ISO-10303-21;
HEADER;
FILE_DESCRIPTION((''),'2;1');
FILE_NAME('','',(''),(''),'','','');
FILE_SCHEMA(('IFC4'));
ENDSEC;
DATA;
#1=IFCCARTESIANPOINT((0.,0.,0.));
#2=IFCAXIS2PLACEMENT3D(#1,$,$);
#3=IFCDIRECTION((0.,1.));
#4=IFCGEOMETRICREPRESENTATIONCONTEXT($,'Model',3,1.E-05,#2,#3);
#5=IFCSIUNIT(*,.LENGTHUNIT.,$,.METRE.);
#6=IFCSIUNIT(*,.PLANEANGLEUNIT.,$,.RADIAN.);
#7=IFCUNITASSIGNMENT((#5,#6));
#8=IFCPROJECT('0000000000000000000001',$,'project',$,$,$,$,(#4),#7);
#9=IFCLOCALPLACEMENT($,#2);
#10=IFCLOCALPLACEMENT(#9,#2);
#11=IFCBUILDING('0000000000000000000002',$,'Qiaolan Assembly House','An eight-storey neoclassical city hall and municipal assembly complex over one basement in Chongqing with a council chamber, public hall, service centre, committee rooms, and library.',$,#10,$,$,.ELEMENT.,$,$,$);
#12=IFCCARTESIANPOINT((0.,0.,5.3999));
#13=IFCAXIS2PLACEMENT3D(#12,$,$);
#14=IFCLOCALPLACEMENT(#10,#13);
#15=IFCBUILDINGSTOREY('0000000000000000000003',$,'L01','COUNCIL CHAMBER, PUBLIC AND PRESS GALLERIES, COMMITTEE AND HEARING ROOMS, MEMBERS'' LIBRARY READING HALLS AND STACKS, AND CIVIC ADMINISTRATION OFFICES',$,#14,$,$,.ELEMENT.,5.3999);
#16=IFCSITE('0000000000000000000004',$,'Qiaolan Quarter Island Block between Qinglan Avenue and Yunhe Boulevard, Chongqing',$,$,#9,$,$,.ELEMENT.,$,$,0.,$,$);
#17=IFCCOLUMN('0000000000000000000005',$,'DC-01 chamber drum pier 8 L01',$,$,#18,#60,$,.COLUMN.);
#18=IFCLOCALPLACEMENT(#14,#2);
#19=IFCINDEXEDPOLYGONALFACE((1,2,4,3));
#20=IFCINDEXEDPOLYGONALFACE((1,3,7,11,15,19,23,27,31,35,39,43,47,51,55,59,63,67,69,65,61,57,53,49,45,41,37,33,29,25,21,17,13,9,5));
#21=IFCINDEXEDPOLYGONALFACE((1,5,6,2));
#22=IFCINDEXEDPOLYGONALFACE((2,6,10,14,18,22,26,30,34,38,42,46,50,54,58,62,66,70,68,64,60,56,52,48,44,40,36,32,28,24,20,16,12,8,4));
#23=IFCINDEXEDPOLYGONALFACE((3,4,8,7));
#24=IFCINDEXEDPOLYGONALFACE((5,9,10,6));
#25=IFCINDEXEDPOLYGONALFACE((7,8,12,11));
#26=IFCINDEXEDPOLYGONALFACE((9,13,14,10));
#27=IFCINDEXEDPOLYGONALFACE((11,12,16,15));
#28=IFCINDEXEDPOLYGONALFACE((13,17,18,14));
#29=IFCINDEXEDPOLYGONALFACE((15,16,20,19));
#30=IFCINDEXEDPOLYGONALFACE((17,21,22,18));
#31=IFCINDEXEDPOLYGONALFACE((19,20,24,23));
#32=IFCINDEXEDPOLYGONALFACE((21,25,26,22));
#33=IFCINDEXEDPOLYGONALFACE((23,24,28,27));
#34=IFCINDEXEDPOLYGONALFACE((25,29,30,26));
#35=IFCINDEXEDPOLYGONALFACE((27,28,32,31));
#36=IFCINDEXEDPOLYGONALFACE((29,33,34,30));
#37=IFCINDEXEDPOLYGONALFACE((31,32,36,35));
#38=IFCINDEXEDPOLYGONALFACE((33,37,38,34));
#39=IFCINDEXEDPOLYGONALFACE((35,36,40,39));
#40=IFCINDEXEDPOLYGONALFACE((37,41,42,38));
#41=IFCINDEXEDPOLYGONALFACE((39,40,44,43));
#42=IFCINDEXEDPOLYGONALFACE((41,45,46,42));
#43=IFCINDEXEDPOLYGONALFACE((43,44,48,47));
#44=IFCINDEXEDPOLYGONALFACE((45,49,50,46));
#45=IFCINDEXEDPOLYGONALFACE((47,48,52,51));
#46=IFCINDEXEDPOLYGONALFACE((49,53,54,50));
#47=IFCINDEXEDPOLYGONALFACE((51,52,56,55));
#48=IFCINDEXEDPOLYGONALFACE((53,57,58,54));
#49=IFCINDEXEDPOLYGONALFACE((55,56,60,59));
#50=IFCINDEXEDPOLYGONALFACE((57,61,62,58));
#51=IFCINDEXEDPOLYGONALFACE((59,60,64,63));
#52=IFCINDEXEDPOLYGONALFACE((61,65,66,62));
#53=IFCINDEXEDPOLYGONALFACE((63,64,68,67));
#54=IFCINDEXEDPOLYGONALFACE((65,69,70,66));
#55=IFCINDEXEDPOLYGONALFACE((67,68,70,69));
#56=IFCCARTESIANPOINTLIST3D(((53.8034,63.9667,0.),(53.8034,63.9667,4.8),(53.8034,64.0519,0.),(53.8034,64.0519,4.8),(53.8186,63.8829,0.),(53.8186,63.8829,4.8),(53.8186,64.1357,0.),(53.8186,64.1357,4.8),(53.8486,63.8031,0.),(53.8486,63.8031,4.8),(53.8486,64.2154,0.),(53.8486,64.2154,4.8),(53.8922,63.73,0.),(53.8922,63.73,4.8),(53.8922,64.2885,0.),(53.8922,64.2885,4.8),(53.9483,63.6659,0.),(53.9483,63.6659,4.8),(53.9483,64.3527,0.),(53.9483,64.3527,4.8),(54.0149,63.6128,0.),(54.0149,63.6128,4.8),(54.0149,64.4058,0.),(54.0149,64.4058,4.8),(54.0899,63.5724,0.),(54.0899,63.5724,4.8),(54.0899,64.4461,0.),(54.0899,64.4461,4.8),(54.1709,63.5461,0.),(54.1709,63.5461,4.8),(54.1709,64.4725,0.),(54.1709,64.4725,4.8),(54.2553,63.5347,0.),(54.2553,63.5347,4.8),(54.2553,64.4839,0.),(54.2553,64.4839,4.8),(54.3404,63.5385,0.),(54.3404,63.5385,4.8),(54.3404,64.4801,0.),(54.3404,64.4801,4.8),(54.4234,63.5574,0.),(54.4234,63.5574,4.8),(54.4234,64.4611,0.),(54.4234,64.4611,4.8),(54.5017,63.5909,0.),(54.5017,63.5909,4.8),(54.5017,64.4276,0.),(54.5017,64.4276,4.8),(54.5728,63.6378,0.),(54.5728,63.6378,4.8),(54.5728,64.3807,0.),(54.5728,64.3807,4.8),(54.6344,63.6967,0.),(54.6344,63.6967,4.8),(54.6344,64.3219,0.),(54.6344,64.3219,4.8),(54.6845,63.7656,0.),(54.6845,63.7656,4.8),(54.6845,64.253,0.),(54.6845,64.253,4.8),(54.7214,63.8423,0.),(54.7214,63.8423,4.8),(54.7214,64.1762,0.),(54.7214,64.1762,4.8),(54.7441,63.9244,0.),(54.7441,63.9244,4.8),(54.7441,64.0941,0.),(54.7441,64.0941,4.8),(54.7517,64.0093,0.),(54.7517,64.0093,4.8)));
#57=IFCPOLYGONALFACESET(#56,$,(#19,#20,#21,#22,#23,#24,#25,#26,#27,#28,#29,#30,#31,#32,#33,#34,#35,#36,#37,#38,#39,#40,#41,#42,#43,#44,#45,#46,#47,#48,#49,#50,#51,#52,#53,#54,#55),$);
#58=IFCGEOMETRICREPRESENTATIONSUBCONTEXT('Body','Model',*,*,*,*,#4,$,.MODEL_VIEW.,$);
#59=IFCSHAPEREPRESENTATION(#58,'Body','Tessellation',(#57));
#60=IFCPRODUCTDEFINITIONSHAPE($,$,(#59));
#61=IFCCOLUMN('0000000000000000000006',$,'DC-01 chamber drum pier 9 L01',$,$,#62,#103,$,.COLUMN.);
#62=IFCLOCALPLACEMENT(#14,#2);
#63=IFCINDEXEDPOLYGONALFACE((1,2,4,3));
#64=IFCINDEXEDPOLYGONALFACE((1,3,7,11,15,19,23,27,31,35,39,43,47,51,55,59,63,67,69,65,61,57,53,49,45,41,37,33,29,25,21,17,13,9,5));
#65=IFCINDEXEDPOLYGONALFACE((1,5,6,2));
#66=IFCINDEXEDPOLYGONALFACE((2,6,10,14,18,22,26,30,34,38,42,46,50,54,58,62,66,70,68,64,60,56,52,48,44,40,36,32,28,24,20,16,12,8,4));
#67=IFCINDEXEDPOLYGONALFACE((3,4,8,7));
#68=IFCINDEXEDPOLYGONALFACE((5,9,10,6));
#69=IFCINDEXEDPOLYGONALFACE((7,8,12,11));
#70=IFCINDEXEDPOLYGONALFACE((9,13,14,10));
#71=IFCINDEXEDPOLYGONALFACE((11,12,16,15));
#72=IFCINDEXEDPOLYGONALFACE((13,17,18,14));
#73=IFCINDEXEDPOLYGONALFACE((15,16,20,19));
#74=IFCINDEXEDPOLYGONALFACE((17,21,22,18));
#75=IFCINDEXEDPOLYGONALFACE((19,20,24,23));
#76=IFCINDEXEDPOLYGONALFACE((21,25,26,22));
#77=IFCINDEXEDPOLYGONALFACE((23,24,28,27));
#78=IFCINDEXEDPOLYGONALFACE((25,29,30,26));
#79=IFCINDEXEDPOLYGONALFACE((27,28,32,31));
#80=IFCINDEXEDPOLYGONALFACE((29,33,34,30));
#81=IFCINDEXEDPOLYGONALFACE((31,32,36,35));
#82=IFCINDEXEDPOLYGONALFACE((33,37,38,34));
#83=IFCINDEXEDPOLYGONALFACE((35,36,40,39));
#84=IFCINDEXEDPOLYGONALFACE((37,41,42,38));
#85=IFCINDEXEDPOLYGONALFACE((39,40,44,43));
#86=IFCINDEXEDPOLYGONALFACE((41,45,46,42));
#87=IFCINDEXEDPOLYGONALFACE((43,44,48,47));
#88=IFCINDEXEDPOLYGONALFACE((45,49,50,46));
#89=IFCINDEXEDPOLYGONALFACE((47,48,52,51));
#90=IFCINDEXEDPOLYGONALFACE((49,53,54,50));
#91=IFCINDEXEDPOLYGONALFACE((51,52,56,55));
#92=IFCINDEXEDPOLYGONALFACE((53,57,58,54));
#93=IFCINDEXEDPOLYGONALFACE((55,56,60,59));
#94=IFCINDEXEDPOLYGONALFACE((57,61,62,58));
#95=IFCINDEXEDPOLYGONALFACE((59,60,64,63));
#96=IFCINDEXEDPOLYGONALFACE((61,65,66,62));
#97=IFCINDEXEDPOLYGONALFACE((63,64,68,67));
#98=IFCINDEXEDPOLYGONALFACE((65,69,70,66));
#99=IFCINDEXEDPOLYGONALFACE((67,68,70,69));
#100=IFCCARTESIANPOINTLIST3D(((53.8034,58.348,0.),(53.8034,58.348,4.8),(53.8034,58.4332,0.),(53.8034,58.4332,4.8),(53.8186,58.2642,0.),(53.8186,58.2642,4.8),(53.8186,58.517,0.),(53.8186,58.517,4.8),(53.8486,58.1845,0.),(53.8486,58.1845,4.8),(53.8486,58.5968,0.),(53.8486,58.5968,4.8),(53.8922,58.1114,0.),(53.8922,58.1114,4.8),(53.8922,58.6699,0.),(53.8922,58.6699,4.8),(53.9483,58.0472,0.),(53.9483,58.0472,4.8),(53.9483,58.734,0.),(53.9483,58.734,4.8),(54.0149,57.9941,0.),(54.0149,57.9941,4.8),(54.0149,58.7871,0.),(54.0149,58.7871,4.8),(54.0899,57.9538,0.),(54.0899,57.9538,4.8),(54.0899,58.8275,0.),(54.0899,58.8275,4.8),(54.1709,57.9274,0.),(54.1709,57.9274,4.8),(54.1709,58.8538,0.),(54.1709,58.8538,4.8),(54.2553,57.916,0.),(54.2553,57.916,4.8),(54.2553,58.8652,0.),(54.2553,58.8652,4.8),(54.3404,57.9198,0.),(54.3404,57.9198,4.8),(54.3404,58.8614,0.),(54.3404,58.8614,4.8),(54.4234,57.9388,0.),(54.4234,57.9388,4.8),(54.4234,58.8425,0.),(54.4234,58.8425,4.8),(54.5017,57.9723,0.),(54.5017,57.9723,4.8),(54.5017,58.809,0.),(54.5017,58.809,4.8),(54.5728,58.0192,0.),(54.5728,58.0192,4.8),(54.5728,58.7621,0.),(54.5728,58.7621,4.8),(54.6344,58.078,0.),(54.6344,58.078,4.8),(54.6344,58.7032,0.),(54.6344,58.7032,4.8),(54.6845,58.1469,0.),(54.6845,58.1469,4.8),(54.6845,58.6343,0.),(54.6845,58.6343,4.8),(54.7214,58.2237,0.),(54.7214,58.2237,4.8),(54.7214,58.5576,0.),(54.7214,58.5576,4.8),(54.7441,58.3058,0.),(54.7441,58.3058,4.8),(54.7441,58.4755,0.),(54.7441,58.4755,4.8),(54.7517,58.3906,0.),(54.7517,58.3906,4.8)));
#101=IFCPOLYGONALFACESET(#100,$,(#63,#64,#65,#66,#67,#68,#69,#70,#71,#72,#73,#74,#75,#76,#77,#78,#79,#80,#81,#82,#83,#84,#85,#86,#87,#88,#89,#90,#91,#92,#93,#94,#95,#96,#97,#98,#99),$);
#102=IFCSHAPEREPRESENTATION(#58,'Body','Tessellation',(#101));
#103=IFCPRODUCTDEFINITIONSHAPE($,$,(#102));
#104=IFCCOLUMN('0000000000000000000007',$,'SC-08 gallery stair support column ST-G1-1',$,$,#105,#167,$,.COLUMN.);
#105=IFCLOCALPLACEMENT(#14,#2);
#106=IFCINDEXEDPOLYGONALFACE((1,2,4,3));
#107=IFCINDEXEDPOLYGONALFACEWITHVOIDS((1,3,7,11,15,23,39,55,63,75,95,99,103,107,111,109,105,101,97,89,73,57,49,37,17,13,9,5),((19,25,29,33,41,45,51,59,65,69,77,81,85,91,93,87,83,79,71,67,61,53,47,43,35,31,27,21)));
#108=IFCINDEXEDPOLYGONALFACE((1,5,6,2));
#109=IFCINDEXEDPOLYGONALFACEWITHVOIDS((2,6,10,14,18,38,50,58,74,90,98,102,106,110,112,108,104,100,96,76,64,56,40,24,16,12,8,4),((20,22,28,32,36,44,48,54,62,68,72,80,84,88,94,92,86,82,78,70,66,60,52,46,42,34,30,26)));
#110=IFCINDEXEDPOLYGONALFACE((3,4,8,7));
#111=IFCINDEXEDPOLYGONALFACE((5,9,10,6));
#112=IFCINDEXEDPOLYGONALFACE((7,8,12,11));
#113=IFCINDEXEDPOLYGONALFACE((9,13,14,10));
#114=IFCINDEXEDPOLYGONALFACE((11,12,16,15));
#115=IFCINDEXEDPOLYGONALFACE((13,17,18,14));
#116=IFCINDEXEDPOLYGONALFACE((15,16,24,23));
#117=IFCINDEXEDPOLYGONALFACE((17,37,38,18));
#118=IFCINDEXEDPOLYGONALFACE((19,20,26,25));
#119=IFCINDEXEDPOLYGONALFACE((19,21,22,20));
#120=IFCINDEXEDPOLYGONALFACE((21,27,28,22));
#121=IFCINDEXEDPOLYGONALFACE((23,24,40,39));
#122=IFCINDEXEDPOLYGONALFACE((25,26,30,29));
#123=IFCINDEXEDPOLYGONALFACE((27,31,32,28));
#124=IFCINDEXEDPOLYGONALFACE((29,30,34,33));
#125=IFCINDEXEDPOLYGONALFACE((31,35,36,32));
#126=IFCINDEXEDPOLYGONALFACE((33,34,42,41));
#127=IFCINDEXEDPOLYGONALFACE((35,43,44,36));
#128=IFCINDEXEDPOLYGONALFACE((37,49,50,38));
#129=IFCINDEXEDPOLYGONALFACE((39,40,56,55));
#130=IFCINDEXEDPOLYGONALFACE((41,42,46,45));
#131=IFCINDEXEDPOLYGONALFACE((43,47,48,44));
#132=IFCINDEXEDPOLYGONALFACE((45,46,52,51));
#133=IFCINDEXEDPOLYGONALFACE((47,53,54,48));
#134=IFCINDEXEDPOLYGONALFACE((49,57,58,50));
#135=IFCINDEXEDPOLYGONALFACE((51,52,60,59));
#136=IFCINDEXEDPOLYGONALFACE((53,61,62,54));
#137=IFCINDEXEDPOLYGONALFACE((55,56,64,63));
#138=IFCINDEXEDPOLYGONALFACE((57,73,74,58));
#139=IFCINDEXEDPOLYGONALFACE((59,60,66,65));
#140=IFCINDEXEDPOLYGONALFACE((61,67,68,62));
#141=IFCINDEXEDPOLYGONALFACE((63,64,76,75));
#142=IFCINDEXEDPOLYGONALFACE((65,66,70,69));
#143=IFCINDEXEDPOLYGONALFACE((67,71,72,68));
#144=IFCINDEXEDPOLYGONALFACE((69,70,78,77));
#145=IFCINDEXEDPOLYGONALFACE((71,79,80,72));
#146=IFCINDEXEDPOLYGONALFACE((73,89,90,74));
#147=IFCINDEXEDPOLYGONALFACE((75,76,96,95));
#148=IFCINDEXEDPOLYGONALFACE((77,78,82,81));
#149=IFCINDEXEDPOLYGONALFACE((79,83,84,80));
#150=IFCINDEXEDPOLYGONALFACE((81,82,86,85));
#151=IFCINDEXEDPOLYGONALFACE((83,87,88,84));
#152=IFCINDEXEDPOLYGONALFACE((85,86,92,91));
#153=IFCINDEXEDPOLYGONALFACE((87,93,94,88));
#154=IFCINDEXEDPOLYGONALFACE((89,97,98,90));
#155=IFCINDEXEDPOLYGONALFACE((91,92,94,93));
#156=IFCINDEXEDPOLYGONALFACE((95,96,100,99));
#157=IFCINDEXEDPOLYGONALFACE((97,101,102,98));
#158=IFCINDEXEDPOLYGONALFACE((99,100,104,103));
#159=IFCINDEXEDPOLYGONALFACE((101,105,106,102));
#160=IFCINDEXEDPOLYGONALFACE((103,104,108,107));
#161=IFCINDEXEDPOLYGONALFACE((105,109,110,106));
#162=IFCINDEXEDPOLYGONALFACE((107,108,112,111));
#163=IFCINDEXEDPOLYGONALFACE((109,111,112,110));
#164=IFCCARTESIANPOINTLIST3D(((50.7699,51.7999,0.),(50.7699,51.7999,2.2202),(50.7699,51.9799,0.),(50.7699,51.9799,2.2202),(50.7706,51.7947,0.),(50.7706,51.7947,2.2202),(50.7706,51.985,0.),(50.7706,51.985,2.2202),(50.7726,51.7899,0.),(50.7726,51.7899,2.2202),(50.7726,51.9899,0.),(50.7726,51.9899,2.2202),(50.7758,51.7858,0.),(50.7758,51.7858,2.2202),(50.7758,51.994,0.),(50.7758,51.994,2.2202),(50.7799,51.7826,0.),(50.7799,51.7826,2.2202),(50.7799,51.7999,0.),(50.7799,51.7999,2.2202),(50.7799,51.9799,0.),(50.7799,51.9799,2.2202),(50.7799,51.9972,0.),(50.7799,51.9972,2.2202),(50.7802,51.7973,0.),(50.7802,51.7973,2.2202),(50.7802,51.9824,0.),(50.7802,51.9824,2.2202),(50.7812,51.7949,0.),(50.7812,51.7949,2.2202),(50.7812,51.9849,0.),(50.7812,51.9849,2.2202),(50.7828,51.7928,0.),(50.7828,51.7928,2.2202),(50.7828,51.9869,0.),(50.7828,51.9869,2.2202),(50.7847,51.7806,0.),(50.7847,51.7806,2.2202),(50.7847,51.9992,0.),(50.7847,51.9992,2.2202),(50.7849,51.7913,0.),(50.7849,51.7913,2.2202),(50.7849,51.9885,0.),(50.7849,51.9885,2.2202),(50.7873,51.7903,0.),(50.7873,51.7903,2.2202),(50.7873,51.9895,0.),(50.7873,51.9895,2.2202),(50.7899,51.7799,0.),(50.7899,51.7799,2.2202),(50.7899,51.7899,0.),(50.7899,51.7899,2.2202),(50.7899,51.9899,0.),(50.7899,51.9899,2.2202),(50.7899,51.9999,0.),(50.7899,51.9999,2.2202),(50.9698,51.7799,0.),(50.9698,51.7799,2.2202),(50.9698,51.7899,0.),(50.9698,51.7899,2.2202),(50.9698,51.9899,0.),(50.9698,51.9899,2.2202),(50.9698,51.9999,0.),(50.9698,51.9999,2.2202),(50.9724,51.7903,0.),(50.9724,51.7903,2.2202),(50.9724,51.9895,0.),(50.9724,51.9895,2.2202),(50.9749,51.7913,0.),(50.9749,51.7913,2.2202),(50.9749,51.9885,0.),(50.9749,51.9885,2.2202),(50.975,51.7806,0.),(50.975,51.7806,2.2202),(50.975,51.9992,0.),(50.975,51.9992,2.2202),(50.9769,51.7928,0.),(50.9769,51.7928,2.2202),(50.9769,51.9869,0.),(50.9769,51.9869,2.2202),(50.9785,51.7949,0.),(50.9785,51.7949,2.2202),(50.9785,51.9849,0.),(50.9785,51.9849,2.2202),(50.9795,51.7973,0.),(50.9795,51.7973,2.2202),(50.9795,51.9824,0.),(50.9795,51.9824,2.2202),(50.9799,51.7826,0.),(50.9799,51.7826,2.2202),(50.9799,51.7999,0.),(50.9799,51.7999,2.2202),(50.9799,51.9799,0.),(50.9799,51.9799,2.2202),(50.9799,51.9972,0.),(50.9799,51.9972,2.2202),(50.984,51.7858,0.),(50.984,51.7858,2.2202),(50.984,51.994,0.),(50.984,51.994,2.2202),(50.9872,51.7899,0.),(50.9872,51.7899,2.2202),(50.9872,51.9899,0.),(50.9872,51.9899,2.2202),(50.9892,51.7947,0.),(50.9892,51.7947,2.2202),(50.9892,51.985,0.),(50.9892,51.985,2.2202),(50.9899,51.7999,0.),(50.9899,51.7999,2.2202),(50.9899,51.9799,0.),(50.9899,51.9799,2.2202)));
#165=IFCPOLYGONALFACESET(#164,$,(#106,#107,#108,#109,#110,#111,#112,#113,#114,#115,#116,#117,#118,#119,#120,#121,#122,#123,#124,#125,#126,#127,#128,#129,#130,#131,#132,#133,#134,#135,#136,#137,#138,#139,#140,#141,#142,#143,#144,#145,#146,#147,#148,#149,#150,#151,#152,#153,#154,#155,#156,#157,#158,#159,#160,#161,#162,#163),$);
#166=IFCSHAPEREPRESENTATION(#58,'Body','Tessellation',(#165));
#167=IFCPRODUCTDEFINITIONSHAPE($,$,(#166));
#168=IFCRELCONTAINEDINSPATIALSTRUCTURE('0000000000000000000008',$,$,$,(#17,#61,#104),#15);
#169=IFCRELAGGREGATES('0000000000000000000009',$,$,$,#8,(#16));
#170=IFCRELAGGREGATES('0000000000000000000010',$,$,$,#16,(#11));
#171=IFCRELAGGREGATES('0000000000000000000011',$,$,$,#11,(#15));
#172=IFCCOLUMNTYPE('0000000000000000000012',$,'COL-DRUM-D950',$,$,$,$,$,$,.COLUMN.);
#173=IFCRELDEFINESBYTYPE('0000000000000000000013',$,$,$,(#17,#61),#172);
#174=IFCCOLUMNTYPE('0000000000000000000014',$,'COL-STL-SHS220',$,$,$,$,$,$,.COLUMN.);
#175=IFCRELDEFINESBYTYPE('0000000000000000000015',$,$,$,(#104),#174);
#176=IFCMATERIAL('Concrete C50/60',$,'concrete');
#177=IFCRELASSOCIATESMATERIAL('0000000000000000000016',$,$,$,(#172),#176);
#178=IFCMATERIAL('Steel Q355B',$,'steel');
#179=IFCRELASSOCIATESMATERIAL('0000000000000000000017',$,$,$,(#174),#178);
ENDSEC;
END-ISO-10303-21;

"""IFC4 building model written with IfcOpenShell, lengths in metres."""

from ifc_helpers import new_model, si_unit, direction, frame, origin, origin_2d, place, context, subcontext, project, spatial, hollow_rectangle, circle, extrude, material, material_profile, profile_set, type_object, element, save


model = new_model("IFC4")

# Units and contexts
model_context = context("Model", 3, precision=1e-05, world=origin(), true_north=direction((0.0, 1.0)))
body_context = subcontext(model_context, "Body", "Model", "MODEL_VIEW")
ifc_project = project(units=[si_unit("LENGTHUNIT", "METRE"), si_unit("PLANEANGLEUNIT", "RADIAN")], contexts=[model_context])

# Site, building, storey
site_placement = place(None, origin())
site = spatial("IfcSite", under=ifc_project, at=site_placement, Name="Qiaolan Quarter Island Block between Qinglan Avenue and Yunhe Boulevard, Chongqing", CompositionType="ELEMENT", RefElevation=0.0)
building_placement = place(site_placement, origin())
building = spatial("IfcBuilding", under=site, at=building_placement, Name="Qiaolan Assembly House", Description="An eight-storey neoclassical city hall and municipal assembly complex over one basement in Chongqing with a council chamber, public hall, service centre, committee rooms, and library.", CompositionType="ELEMENT")
storey_placement = place(building_placement, frame((0.0, 0.0, 5.3999)))
storey = spatial("IfcBuildingStorey", under=building, at=storey_placement, Name="L01", Description="COUNCIL CHAMBER, PUBLIC AND PRESS GALLERIES, COMMITTEE AND HEARING ROOMS, MEMBERS' LIBRARY READING HALLS AND STACKS, AND CIVIC ADMINISTRATION OFFICES", CompositionType="ELEMENT", Elevation=5.3999)

# Columns
ifc_material_1 = material(Name="Concrete C50/60", Category="concrete")
ifc_material_profile_1 = material_profile(ifc_material_1, circle(Radius=0.4751, at=origin_2d()), Name="CIRC D950")
ifc_profile_set_1 = profile_set([ifc_material_profile_1], Name="Concrete C50/60")
column_type_1 = type_object("IfcColumnType", Name="COL-DRUM-D950", PredefinedType="COLUMN", material=ifc_profile_set_1)
for number, where, z_axis, x_axis, name in (
    (1, (54.2766, 64.0093, 0.0), (0.0, 0.0, 1.0), (1.0, 0.0, 0.0), "DC-01 chamber drum pier 8 L01"),
    (2, (54.2766, 58.3906, 0.0), (0.0, 0.0, 1.0), (1.0, 0.0, 0.0), "DC-01 chamber drum pier 9 L01"),
):
    element("IfcColumn", number, at=place(storey_placement, frame(where, z_axis=z_axis, x_axis=x_axis)), inside=storey, type_object=column_type_1, Name=name, PredefinedType="COLUMN", context=body_context, shape_type="SweptSolid", body=[
        extrude(circle(Radius=0.4751, at=origin_2d()), origin(), (0.0, 0.0, 1.0), 4.8),
    ])
ifc_material_2 = material(Name="Steel Q355B", Category="steel")
ifc_material_profile_2 = material_profile(ifc_material_2, hollow_rectangle(XDim=0.22, YDim=0.22, WallThickness=0.01, InnerFilletRadius=0.01, OuterFilletRadius=0.02, at=origin_2d()), Name="SHS 220x220x10")
ifc_profile_set_2 = profile_set([ifc_material_profile_2], Name="Steel Q355B")
column_type_2 = type_object("IfcColumnType", Name="COL-STL-SHS220", PredefinedType="COLUMN", material=ifc_profile_set_2)
for number, where, z_axis, x_axis, name in (
    (3, (50.8799, 51.8899, 0.0), (0.0, 0.0, 1.0), (1.0, 0.0, 0.0), "SC-08 gallery stair support column ST-G1-1"),
):
    element("IfcColumn", number, at=place(storey_placement, frame(where, z_axis=z_axis, x_axis=x_axis)), inside=storey, type_object=column_type_2, Name=name, PredefinedType="COLUMN", context=body_context, shape_type="SweptSolid", body=[
        extrude(hollow_rectangle(XDim=0.22, YDim=0.22, WallThickness=0.01, InnerFilletRadius=0.01, OuterFilletRadius=0.02, at=origin_2d()), origin(), (0.0, 0.0, 1.0), 2.2202),
    ])

save(model, "model.ifc")
